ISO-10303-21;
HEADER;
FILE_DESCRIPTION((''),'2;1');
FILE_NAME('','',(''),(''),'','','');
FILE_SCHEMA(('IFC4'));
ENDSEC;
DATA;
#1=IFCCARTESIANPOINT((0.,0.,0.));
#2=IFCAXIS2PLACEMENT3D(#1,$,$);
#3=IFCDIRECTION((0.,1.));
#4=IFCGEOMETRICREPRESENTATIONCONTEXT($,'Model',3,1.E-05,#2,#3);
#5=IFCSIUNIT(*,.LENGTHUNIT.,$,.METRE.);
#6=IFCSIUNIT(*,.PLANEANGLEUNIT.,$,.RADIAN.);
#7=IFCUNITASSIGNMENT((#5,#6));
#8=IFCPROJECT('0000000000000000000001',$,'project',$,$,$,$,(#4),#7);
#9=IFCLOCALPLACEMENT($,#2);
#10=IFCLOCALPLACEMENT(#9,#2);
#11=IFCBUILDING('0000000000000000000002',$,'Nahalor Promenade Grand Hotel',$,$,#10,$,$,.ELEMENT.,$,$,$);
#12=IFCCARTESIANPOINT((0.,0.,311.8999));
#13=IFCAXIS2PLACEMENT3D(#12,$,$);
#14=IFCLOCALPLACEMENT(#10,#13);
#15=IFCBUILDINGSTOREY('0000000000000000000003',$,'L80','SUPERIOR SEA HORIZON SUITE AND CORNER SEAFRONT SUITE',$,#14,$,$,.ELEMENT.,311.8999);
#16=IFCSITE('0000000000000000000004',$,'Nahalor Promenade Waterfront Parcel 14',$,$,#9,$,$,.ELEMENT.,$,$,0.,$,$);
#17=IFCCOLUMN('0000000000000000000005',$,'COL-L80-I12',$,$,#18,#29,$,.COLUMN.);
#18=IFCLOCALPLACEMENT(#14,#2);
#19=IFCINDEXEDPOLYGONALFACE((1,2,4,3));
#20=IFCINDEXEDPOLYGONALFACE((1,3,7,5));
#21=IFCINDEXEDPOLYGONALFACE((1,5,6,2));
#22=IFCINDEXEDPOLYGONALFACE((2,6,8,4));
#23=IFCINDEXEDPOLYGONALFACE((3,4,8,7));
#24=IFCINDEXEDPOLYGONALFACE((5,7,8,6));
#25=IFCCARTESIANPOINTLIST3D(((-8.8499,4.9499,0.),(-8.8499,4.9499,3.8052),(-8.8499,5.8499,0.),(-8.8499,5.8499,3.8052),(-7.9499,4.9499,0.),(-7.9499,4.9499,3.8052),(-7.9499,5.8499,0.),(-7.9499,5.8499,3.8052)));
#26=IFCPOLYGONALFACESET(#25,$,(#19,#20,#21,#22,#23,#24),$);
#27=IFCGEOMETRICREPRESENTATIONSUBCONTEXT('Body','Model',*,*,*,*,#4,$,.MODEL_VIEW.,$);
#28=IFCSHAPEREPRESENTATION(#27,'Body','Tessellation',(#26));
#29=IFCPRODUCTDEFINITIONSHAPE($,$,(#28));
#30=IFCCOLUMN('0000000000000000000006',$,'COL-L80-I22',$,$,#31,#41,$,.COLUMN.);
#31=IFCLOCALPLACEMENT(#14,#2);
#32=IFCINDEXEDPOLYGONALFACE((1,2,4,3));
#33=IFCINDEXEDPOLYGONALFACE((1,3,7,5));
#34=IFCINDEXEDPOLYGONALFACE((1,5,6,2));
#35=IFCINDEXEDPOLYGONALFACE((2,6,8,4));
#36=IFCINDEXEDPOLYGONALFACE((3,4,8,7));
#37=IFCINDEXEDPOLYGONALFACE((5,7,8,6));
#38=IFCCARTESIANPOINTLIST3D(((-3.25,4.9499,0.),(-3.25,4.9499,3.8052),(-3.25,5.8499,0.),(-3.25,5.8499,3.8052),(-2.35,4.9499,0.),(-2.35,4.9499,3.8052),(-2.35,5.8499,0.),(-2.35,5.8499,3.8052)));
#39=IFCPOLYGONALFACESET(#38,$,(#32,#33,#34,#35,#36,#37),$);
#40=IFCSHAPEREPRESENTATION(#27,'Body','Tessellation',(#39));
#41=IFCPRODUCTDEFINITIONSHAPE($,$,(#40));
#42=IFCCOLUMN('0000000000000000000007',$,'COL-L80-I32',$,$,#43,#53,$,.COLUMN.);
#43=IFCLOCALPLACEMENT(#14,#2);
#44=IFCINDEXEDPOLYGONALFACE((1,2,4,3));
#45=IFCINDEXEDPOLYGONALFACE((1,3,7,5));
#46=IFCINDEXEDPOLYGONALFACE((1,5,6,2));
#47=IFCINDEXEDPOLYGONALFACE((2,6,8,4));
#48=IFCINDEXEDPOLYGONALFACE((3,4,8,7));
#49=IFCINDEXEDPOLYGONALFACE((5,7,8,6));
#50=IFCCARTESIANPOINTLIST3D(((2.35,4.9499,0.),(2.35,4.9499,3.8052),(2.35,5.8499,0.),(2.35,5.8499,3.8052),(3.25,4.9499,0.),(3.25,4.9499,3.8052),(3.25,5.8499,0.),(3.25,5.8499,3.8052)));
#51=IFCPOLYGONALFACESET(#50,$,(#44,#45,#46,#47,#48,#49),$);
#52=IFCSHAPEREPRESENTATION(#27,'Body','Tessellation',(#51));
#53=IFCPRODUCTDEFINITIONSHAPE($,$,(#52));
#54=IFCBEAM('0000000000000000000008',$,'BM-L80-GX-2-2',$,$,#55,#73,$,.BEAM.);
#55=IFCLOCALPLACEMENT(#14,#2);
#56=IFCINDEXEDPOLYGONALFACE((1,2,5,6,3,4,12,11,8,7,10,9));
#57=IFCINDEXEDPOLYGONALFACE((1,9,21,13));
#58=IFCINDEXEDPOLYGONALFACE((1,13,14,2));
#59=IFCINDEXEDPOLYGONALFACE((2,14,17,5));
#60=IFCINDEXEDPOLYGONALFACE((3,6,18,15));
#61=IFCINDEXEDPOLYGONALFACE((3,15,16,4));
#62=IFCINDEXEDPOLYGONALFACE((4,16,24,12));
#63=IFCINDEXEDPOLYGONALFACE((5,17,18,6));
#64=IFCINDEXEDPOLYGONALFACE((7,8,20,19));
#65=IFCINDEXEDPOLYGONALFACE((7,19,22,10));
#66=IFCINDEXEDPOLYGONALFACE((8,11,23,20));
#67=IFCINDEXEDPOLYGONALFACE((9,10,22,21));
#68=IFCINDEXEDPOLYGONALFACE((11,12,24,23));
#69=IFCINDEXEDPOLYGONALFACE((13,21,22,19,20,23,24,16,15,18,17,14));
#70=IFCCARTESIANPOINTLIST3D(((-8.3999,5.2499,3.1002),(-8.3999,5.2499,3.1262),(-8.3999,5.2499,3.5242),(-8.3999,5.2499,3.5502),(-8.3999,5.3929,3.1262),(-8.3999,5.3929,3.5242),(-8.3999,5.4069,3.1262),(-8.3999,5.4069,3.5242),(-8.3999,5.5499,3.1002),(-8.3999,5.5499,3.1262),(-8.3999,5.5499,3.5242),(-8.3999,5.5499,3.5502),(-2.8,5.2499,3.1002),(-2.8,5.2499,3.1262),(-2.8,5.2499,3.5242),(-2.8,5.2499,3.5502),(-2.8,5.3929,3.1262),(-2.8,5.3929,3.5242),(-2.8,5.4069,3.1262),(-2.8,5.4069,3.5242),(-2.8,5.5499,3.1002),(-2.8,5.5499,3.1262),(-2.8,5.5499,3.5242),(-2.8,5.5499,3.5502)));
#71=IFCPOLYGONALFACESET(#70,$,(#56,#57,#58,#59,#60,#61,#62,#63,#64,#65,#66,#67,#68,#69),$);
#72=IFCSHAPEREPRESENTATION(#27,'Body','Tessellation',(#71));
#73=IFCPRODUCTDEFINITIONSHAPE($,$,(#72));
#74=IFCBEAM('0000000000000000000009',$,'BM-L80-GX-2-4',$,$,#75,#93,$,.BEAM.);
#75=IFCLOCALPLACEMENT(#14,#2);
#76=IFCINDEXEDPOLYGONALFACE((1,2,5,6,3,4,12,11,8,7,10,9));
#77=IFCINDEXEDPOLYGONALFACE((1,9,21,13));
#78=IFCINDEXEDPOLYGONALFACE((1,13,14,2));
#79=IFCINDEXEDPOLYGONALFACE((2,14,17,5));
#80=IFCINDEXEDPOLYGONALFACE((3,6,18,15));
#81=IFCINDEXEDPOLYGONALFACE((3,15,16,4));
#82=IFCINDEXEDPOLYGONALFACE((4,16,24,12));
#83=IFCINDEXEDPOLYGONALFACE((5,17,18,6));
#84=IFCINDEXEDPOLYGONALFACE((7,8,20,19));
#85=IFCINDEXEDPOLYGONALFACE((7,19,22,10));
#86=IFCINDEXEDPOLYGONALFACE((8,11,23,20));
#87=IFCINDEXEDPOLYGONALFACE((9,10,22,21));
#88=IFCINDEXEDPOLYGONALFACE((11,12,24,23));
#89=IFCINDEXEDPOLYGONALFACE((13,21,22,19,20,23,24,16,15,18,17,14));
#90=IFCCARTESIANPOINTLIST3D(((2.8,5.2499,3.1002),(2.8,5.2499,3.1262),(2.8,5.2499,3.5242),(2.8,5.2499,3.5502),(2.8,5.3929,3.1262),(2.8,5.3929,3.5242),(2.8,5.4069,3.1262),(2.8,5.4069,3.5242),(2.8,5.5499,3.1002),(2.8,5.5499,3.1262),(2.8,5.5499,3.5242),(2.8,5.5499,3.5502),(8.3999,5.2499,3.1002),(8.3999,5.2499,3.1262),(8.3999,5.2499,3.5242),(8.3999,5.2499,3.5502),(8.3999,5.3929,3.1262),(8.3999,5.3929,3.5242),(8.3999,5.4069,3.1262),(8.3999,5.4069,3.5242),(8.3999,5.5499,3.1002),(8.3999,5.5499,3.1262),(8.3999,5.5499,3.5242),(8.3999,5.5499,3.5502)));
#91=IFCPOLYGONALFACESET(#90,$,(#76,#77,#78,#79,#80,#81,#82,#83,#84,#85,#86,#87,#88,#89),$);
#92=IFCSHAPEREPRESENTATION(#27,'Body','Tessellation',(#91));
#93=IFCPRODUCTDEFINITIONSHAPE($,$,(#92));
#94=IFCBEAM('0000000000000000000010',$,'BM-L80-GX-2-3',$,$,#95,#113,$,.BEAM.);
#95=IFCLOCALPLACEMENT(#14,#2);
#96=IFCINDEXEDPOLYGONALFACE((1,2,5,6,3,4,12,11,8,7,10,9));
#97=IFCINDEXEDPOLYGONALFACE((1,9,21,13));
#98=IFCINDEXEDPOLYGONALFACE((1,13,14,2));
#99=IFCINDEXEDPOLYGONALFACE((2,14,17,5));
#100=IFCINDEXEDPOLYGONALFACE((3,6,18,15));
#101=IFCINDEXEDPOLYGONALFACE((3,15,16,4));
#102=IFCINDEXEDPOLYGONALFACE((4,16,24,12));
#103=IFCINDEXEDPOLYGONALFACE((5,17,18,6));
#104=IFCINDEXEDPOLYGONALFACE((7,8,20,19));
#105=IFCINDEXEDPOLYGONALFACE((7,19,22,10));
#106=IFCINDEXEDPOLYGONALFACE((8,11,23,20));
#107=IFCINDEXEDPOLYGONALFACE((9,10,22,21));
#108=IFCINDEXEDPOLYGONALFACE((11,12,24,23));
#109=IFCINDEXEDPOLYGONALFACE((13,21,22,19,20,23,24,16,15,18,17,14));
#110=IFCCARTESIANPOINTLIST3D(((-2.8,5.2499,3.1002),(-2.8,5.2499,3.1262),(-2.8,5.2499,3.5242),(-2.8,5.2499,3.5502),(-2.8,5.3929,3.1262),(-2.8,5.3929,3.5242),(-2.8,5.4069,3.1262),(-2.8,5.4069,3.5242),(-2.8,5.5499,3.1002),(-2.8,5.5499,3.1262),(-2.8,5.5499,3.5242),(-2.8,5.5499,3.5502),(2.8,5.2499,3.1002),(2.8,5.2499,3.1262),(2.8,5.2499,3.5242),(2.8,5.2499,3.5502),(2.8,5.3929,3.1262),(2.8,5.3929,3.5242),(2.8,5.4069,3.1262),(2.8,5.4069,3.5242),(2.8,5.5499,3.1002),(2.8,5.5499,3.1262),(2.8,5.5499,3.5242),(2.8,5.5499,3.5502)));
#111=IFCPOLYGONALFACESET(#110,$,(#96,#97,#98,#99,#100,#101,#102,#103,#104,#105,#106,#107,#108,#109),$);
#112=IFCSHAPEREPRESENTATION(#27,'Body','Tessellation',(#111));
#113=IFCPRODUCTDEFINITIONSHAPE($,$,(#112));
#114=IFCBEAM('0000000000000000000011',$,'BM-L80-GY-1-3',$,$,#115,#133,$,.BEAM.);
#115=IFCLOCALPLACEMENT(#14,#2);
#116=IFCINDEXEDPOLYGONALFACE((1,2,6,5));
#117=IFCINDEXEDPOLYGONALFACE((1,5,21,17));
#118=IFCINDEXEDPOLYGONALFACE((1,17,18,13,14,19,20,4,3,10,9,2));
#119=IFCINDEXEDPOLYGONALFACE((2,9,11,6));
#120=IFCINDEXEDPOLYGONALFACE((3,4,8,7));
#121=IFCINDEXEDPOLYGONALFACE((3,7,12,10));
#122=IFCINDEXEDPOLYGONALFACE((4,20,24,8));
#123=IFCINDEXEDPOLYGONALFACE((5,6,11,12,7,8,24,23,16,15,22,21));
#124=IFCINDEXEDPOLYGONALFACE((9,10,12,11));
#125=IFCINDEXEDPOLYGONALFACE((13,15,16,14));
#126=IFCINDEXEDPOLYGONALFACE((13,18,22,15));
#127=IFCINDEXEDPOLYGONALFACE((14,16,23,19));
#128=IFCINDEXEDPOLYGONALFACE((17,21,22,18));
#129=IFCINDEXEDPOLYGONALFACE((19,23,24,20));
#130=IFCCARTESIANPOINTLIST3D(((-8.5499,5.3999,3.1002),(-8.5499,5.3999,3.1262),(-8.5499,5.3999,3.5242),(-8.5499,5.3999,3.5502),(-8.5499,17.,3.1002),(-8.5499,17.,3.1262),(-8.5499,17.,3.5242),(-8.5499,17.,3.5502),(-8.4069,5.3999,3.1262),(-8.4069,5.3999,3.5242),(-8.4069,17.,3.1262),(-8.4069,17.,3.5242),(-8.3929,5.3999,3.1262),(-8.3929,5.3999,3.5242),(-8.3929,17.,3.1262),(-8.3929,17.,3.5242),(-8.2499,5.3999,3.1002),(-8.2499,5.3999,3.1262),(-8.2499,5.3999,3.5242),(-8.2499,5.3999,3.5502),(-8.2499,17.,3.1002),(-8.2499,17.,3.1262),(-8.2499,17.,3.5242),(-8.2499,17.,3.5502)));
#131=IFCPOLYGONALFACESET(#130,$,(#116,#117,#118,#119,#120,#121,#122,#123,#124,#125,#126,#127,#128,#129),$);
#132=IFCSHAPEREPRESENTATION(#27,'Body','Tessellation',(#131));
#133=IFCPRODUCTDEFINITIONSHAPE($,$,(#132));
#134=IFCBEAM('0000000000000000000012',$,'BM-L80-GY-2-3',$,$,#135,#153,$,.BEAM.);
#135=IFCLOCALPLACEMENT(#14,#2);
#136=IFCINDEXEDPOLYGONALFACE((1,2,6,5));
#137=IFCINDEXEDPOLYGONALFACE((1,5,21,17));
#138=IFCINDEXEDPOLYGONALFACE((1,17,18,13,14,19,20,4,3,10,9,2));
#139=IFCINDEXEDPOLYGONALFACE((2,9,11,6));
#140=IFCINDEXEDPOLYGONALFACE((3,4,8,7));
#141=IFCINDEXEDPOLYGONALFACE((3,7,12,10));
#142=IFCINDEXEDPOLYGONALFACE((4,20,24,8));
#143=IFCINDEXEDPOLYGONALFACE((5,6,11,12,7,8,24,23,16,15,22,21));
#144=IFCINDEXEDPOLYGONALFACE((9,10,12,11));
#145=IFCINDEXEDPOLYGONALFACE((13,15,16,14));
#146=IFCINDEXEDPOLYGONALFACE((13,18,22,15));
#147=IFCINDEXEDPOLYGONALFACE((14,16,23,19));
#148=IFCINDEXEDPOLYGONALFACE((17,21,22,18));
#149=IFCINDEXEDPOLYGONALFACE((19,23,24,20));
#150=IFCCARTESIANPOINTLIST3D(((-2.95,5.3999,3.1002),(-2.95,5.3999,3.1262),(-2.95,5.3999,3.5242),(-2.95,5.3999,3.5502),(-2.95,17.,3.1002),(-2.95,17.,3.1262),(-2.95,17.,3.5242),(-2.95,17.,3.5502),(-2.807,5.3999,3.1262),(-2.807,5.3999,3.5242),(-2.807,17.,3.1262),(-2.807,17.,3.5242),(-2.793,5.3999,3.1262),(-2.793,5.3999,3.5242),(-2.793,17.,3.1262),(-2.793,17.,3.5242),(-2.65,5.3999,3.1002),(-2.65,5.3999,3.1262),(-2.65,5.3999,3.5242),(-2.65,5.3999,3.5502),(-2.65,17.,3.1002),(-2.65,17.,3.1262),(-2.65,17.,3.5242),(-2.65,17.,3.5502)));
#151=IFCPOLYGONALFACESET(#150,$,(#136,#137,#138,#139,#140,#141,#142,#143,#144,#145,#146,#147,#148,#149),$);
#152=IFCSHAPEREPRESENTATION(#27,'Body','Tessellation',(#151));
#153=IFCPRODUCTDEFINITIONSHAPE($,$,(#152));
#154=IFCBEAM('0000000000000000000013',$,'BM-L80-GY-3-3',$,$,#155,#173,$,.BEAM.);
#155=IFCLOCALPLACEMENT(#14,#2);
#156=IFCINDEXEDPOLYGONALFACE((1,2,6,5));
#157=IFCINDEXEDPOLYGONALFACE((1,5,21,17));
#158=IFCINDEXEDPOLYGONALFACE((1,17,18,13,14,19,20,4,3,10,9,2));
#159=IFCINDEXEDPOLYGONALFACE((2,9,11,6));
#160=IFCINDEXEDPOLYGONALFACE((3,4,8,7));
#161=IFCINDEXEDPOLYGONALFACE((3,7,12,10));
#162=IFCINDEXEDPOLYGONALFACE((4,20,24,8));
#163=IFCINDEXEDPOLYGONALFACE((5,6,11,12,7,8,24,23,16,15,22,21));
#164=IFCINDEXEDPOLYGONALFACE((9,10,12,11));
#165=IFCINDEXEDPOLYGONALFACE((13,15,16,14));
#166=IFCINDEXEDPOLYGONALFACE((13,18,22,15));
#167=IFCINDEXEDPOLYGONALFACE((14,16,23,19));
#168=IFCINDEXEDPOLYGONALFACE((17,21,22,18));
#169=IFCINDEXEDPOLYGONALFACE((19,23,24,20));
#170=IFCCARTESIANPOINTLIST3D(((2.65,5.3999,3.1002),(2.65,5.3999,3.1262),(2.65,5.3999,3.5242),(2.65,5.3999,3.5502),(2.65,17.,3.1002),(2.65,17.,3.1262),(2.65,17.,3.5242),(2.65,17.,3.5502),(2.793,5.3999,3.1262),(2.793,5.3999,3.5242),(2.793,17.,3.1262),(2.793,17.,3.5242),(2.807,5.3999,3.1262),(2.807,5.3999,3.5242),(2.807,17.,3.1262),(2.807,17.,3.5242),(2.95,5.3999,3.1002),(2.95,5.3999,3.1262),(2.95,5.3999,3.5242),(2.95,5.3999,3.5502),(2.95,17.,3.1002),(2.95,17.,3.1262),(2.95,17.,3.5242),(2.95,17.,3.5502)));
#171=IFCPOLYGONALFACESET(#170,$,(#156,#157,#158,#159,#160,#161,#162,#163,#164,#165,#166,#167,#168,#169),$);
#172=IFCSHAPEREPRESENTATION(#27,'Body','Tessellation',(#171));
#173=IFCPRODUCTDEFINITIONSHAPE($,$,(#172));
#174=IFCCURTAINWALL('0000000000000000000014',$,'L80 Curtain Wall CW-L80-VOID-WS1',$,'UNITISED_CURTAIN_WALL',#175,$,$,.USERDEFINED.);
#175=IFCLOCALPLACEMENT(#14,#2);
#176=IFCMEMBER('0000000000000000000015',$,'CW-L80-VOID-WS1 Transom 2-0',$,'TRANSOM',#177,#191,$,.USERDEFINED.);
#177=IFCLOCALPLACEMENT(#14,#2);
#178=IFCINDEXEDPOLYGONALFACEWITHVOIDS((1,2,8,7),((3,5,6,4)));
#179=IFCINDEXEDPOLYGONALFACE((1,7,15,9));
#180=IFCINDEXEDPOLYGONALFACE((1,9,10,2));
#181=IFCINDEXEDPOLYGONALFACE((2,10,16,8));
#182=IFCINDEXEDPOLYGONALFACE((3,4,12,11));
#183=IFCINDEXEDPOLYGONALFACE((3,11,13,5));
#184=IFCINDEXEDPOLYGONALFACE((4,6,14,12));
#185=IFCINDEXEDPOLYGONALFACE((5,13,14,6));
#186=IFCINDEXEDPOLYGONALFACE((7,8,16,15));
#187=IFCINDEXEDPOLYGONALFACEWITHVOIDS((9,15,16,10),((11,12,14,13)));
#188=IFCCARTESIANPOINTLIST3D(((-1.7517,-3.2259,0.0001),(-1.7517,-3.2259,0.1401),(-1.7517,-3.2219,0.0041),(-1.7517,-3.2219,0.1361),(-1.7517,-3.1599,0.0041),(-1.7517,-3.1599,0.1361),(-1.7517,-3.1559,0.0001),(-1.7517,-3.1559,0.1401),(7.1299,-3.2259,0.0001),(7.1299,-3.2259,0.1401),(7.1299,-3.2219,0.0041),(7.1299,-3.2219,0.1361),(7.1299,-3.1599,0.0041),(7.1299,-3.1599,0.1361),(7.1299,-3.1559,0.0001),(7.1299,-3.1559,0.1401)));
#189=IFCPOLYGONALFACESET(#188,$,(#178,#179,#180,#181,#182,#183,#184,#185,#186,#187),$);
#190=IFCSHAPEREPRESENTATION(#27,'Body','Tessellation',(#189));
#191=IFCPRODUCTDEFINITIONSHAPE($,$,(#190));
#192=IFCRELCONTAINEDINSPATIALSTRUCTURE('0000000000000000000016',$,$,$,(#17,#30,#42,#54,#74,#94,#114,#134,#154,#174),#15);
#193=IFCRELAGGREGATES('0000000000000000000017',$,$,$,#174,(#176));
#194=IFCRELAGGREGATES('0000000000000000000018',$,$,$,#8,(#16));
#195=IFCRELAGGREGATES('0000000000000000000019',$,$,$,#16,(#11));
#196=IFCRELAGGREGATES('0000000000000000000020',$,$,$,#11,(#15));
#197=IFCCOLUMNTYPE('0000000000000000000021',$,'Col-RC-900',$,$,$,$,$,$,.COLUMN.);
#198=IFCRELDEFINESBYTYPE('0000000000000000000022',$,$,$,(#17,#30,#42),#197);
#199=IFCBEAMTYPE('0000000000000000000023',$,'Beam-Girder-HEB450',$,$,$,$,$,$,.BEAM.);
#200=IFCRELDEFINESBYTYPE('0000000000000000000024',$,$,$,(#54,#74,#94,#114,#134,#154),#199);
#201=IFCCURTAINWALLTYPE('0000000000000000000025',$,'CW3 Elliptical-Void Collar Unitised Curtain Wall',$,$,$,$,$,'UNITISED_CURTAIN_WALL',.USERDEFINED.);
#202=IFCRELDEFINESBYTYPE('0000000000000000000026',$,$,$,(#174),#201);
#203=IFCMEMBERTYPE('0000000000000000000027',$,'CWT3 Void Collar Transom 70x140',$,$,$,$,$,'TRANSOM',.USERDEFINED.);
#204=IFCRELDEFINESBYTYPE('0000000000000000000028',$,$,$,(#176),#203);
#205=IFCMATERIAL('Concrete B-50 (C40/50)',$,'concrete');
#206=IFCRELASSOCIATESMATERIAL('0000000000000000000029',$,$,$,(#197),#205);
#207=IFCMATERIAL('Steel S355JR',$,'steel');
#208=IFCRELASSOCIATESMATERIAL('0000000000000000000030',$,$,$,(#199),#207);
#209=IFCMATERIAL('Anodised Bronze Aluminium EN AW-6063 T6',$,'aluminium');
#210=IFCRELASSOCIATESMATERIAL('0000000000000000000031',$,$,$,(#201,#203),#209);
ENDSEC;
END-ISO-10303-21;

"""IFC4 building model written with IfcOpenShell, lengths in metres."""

from ifc_helpers import new_model, si_unit, direction, frame, origin, origin_2d, place, context, subcontext, project, spatial, rectangle, hollow_rectangle, i_section, extrude, source, transform, mapped, material, material_profile, profile_set, type_object, element, aggregate, save


model = new_model("IFC4")

# Units and contexts
model_context = context("Model", 3, precision=1e-05, world=origin(), true_north=direction((0.0, 1.0)))
body_context = subcontext(model_context, "Body", "Model", "MODEL_VIEW")
ifc_project = project(units=[si_unit("LENGTHUNIT", "METRE"), si_unit("PLANEANGLEUNIT", "RADIAN")], contexts=[model_context])

# Site, building, storey
site_placement = place(None, origin())
site = spatial("IfcSite", under=ifc_project, at=site_placement, Name="Nahalor Promenade Waterfront Parcel 14", CompositionType="ELEMENT", RefElevation=0.0)
building_placement = place(site_placement, origin())
building = spatial("IfcBuilding", under=site, at=building_placement, Name="Nahalor Promenade Grand Hotel", CompositionType="ELEMENT")
storey_placement = place(building_placement, frame((0.0, 0.0, 311.8999)))
storey = spatial("IfcBuildingStorey", under=building, at=storey_placement, Name="L80", Description="SUPERIOR SEA HORIZON SUITE AND CORNER SEAFRONT SUITE", CompositionType="ELEMENT", Elevation=311.8999)

# Columns
ifc_material_1 = material(Name="Concrete B-50 (C40/50)", Category="concrete")
ifc_material_profile_1 = material_profile(ifc_material_1, rectangle(XDim=0.9, YDim=0.9, at=origin_2d()), Name="RC 900x900")
ifc_profile_set_1 = profile_set([ifc_material_profile_1], Name="Concrete B-50 (C40/50)")
column_type = type_object("IfcColumnType", Name="Col-RC-900", PredefinedType="COLUMN", material=ifc_profile_set_1)
shared_shape_1 = source(origin(), body_context, "Body", "SweptSolid", [
    extrude(rectangle(XDim=0.9, YDim=0.9, at=origin_2d()), origin(), (0.0, 0.0, 1.0), 3.8052),
])
for number, where, z_axis, x_axis, name in (
    (1, (-8.3999, 5.3999, 0.0), (0.0, 0.0, 1.0), (1.0, 0.0, 0.0), "COL-L80-I12"),
    (2, (-2.8, 5.3999, 0.0), (0.0, 0.0, 1.0), (1.0, 0.0, 0.0), "COL-L80-I22"),
    (3, (2.8, 5.3999, 0.0), (0.0, 0.0, 1.0), (1.0, 0.0, 0.0), "COL-L80-I32"),
):
    element("IfcColumn", number, at=place(storey_placement, frame(where, z_axis=z_axis, x_axis=x_axis)), inside=storey, type_object=column_type, Name=name, PredefinedType="COLUMN", context=body_context, shape_type="MappedRepresentation", body=[
        mapped(shared_shape_1, transform((0.0, 0.0, 0.0), scale=1.0)),
    ])

# Beams
ifc_material_2 = material(Name="Steel S355JR", Category="steel")
ifc_material_profile_2 = material_profile(ifc_material_2, i_section(OverallWidth=0.3, OverallDepth=0.45, WebThickness=0.014, FlangeThickness=0.026, at=origin_2d()), Name="HEB 450")
ifc_profile_set_2 = profile_set([ifc_material_profile_2], Name="Steel S355JR")
beam_type = type_object("IfcBeamType", Name="Beam-Girder-HEB450", PredefinedType="BEAM", material=ifc_profile_set_2)
shared_shape_2 = source(origin(), body_context, "Body", "SweptSolid", [
    extrude(i_section(OverallWidth=0.3, OverallDepth=0.45, WebThickness=0.014, FlangeThickness=0.026, at=origin_2d()), origin(), (0.0, 0.0, 1.0), 5.5999),
])
for number, where, z_axis, x_axis, name in (
    (4, (-8.3999, 5.3999, 3.3252), (1.0, 0.0, 0.0), (0.0, 1.0, 0.0), "BM-L80-GX-2-2"),
    (5, (2.8, 5.3999, 3.3252), (1.0, 0.0, 0.0), (0.0, 1.0, 0.0), "BM-L80-GX-2-4"),
):
    element("IfcBeam", number, at=place(storey_placement, frame(where, z_axis=z_axis, x_axis=x_axis)), inside=storey, type_object=beam_type, Name=name, PredefinedType="BEAM", context=body_context, shape_type="MappedRepresentation", body=[
        mapped(shared_shape_2, transform((0.0, 0.0, 0.0), scale=1.0)),
    ])
shared_shape_3 = source(origin(), body_context, "Body", "SweptSolid", [
    extrude(i_section(OverallWidth=0.3, OverallDepth=0.45, WebThickness=0.014, FlangeThickness=0.026, at=origin_2d()), origin(), (0.0, 0.0, 1.0), 5.6001),
])
beam_placement = place(storey_placement, frame((-2.8, 5.3999, 3.3252), z_axis=(1.0, 0.0, 0.0), x_axis=(0.0, 1.0, 0.0)))
element("IfcBeam", 6, at=beam_placement, inside=storey, type_object=beam_type, Name="BM-L80-GX-2-3", PredefinedType="BEAM", context=body_context, shape_type="MappedRepresentation", body=[
    mapped(shared_shape_3, transform((0.0, 0.0, 0.0), scale=1.0)),
])
shared_shape_4 = source(origin(), body_context, "Body", "SweptSolid", [
    extrude(i_section(OverallWidth=0.3, OverallDepth=0.45, WebThickness=0.014, FlangeThickness=0.026, at=origin_2d()), origin(), (0.0, 0.0, 1.0), 11.6001),
])
for number, where, z_axis, x_axis, name in (
    (7, (-8.3999, 5.3999, 3.3252), (0.0, 1.0, 0.0), (-1.0, 0.0, 0.0), "BM-L80-GY-1-3"),
    (8, (-2.8, 5.3999, 3.3252), (0.0, 1.0, 0.0), (-1.0, 0.0, 0.0), "BM-L80-GY-2-3"),
    (9, (2.8, 5.3999, 3.3252), (0.0, 1.0, 0.0), (-1.0, 0.0, 0.0), "BM-L80-GY-3-3"),
):
    element("IfcBeam", number, at=place(storey_placement, frame(where, z_axis=z_axis, x_axis=x_axis)), inside=storey, type_object=beam_type, Name=name, PredefinedType="BEAM", context=body_context, shape_type="MappedRepresentation", body=[
        mapped(shared_shape_4, transform((0.0, 0.0, 0.0), scale=1.0)),
    ])

# Curtain wall, member
ifc_material_3 = material(Name="Anodised Bronze Aluminium EN AW-6063 T6", Category="aluminium")
curtain_wall_type = type_object("IfcCurtainWallType", Name="CW3 Elliptical-Void Collar Unitised Curtain Wall", ElementType="UNITISED_CURTAIN_WALL", PredefinedType="USERDEFINED", material=ifc_material_3)
curtain_wall_1_placement = place(storey_placement, origin())
curtain_wall_1 = element("IfcCurtainWall", 10, at=curtain_wall_1_placement, inside=storey, type_object=curtain_wall_type, Name="L80 Curtain Wall CW-L80-VOID-WS1", ObjectType="UNITISED_CURTAIN_WALL", PredefinedType="USERDEFINED")
ifc_material_profile_3 = material_profile(ifc_material_3, hollow_rectangle(XDim=0.07, YDim=0.14, WallThickness=0.004, at=origin_2d()), Name="CWT 70x140x4")
ifc_profile_set_3 = profile_set([ifc_material_profile_3], Name="Anodised Bronze Aluminium EN AW-6063 T6")
member_type_1 = type_object("IfcMemberType", Name="CWT3 Void Collar Transom 70x140", ElementType="TRANSOM", PredefinedType="USERDEFINED", material=ifc_profile_set_3)
shared_shape_5 = source(origin(), body_context, "Body", "SweptSolid", [
    extrude(hollow_rectangle(XDim=0.07, YDim=0.14, WallThickness=0.004, at=origin_2d()), origin(), (0.0, 0.0, 1.0), 8.8816),
])
member_1_placement = place(storey_placement, frame((-1.7517, -3.1909, 0.0701), z_axis=(1.0, 0.0, 0.0), x_axis=(0.0, 1.0, 0.0)))
member_1 = element("IfcMember", 11, at=member_1_placement, type_object=member_type_1, Name="CW-L80-VOID-WS1 Transom 2-0", ObjectType="TRANSOM", PredefinedType="USERDEFINED", context=body_context, shape_type="MappedRepresentation", body=[
    mapped(shared_shape_5, transform((0.0, 0.0, 0.0), scale=1.0)),
])

aggregate(curtain_wall_1, [member_1])

save(model, "model.ifc")
